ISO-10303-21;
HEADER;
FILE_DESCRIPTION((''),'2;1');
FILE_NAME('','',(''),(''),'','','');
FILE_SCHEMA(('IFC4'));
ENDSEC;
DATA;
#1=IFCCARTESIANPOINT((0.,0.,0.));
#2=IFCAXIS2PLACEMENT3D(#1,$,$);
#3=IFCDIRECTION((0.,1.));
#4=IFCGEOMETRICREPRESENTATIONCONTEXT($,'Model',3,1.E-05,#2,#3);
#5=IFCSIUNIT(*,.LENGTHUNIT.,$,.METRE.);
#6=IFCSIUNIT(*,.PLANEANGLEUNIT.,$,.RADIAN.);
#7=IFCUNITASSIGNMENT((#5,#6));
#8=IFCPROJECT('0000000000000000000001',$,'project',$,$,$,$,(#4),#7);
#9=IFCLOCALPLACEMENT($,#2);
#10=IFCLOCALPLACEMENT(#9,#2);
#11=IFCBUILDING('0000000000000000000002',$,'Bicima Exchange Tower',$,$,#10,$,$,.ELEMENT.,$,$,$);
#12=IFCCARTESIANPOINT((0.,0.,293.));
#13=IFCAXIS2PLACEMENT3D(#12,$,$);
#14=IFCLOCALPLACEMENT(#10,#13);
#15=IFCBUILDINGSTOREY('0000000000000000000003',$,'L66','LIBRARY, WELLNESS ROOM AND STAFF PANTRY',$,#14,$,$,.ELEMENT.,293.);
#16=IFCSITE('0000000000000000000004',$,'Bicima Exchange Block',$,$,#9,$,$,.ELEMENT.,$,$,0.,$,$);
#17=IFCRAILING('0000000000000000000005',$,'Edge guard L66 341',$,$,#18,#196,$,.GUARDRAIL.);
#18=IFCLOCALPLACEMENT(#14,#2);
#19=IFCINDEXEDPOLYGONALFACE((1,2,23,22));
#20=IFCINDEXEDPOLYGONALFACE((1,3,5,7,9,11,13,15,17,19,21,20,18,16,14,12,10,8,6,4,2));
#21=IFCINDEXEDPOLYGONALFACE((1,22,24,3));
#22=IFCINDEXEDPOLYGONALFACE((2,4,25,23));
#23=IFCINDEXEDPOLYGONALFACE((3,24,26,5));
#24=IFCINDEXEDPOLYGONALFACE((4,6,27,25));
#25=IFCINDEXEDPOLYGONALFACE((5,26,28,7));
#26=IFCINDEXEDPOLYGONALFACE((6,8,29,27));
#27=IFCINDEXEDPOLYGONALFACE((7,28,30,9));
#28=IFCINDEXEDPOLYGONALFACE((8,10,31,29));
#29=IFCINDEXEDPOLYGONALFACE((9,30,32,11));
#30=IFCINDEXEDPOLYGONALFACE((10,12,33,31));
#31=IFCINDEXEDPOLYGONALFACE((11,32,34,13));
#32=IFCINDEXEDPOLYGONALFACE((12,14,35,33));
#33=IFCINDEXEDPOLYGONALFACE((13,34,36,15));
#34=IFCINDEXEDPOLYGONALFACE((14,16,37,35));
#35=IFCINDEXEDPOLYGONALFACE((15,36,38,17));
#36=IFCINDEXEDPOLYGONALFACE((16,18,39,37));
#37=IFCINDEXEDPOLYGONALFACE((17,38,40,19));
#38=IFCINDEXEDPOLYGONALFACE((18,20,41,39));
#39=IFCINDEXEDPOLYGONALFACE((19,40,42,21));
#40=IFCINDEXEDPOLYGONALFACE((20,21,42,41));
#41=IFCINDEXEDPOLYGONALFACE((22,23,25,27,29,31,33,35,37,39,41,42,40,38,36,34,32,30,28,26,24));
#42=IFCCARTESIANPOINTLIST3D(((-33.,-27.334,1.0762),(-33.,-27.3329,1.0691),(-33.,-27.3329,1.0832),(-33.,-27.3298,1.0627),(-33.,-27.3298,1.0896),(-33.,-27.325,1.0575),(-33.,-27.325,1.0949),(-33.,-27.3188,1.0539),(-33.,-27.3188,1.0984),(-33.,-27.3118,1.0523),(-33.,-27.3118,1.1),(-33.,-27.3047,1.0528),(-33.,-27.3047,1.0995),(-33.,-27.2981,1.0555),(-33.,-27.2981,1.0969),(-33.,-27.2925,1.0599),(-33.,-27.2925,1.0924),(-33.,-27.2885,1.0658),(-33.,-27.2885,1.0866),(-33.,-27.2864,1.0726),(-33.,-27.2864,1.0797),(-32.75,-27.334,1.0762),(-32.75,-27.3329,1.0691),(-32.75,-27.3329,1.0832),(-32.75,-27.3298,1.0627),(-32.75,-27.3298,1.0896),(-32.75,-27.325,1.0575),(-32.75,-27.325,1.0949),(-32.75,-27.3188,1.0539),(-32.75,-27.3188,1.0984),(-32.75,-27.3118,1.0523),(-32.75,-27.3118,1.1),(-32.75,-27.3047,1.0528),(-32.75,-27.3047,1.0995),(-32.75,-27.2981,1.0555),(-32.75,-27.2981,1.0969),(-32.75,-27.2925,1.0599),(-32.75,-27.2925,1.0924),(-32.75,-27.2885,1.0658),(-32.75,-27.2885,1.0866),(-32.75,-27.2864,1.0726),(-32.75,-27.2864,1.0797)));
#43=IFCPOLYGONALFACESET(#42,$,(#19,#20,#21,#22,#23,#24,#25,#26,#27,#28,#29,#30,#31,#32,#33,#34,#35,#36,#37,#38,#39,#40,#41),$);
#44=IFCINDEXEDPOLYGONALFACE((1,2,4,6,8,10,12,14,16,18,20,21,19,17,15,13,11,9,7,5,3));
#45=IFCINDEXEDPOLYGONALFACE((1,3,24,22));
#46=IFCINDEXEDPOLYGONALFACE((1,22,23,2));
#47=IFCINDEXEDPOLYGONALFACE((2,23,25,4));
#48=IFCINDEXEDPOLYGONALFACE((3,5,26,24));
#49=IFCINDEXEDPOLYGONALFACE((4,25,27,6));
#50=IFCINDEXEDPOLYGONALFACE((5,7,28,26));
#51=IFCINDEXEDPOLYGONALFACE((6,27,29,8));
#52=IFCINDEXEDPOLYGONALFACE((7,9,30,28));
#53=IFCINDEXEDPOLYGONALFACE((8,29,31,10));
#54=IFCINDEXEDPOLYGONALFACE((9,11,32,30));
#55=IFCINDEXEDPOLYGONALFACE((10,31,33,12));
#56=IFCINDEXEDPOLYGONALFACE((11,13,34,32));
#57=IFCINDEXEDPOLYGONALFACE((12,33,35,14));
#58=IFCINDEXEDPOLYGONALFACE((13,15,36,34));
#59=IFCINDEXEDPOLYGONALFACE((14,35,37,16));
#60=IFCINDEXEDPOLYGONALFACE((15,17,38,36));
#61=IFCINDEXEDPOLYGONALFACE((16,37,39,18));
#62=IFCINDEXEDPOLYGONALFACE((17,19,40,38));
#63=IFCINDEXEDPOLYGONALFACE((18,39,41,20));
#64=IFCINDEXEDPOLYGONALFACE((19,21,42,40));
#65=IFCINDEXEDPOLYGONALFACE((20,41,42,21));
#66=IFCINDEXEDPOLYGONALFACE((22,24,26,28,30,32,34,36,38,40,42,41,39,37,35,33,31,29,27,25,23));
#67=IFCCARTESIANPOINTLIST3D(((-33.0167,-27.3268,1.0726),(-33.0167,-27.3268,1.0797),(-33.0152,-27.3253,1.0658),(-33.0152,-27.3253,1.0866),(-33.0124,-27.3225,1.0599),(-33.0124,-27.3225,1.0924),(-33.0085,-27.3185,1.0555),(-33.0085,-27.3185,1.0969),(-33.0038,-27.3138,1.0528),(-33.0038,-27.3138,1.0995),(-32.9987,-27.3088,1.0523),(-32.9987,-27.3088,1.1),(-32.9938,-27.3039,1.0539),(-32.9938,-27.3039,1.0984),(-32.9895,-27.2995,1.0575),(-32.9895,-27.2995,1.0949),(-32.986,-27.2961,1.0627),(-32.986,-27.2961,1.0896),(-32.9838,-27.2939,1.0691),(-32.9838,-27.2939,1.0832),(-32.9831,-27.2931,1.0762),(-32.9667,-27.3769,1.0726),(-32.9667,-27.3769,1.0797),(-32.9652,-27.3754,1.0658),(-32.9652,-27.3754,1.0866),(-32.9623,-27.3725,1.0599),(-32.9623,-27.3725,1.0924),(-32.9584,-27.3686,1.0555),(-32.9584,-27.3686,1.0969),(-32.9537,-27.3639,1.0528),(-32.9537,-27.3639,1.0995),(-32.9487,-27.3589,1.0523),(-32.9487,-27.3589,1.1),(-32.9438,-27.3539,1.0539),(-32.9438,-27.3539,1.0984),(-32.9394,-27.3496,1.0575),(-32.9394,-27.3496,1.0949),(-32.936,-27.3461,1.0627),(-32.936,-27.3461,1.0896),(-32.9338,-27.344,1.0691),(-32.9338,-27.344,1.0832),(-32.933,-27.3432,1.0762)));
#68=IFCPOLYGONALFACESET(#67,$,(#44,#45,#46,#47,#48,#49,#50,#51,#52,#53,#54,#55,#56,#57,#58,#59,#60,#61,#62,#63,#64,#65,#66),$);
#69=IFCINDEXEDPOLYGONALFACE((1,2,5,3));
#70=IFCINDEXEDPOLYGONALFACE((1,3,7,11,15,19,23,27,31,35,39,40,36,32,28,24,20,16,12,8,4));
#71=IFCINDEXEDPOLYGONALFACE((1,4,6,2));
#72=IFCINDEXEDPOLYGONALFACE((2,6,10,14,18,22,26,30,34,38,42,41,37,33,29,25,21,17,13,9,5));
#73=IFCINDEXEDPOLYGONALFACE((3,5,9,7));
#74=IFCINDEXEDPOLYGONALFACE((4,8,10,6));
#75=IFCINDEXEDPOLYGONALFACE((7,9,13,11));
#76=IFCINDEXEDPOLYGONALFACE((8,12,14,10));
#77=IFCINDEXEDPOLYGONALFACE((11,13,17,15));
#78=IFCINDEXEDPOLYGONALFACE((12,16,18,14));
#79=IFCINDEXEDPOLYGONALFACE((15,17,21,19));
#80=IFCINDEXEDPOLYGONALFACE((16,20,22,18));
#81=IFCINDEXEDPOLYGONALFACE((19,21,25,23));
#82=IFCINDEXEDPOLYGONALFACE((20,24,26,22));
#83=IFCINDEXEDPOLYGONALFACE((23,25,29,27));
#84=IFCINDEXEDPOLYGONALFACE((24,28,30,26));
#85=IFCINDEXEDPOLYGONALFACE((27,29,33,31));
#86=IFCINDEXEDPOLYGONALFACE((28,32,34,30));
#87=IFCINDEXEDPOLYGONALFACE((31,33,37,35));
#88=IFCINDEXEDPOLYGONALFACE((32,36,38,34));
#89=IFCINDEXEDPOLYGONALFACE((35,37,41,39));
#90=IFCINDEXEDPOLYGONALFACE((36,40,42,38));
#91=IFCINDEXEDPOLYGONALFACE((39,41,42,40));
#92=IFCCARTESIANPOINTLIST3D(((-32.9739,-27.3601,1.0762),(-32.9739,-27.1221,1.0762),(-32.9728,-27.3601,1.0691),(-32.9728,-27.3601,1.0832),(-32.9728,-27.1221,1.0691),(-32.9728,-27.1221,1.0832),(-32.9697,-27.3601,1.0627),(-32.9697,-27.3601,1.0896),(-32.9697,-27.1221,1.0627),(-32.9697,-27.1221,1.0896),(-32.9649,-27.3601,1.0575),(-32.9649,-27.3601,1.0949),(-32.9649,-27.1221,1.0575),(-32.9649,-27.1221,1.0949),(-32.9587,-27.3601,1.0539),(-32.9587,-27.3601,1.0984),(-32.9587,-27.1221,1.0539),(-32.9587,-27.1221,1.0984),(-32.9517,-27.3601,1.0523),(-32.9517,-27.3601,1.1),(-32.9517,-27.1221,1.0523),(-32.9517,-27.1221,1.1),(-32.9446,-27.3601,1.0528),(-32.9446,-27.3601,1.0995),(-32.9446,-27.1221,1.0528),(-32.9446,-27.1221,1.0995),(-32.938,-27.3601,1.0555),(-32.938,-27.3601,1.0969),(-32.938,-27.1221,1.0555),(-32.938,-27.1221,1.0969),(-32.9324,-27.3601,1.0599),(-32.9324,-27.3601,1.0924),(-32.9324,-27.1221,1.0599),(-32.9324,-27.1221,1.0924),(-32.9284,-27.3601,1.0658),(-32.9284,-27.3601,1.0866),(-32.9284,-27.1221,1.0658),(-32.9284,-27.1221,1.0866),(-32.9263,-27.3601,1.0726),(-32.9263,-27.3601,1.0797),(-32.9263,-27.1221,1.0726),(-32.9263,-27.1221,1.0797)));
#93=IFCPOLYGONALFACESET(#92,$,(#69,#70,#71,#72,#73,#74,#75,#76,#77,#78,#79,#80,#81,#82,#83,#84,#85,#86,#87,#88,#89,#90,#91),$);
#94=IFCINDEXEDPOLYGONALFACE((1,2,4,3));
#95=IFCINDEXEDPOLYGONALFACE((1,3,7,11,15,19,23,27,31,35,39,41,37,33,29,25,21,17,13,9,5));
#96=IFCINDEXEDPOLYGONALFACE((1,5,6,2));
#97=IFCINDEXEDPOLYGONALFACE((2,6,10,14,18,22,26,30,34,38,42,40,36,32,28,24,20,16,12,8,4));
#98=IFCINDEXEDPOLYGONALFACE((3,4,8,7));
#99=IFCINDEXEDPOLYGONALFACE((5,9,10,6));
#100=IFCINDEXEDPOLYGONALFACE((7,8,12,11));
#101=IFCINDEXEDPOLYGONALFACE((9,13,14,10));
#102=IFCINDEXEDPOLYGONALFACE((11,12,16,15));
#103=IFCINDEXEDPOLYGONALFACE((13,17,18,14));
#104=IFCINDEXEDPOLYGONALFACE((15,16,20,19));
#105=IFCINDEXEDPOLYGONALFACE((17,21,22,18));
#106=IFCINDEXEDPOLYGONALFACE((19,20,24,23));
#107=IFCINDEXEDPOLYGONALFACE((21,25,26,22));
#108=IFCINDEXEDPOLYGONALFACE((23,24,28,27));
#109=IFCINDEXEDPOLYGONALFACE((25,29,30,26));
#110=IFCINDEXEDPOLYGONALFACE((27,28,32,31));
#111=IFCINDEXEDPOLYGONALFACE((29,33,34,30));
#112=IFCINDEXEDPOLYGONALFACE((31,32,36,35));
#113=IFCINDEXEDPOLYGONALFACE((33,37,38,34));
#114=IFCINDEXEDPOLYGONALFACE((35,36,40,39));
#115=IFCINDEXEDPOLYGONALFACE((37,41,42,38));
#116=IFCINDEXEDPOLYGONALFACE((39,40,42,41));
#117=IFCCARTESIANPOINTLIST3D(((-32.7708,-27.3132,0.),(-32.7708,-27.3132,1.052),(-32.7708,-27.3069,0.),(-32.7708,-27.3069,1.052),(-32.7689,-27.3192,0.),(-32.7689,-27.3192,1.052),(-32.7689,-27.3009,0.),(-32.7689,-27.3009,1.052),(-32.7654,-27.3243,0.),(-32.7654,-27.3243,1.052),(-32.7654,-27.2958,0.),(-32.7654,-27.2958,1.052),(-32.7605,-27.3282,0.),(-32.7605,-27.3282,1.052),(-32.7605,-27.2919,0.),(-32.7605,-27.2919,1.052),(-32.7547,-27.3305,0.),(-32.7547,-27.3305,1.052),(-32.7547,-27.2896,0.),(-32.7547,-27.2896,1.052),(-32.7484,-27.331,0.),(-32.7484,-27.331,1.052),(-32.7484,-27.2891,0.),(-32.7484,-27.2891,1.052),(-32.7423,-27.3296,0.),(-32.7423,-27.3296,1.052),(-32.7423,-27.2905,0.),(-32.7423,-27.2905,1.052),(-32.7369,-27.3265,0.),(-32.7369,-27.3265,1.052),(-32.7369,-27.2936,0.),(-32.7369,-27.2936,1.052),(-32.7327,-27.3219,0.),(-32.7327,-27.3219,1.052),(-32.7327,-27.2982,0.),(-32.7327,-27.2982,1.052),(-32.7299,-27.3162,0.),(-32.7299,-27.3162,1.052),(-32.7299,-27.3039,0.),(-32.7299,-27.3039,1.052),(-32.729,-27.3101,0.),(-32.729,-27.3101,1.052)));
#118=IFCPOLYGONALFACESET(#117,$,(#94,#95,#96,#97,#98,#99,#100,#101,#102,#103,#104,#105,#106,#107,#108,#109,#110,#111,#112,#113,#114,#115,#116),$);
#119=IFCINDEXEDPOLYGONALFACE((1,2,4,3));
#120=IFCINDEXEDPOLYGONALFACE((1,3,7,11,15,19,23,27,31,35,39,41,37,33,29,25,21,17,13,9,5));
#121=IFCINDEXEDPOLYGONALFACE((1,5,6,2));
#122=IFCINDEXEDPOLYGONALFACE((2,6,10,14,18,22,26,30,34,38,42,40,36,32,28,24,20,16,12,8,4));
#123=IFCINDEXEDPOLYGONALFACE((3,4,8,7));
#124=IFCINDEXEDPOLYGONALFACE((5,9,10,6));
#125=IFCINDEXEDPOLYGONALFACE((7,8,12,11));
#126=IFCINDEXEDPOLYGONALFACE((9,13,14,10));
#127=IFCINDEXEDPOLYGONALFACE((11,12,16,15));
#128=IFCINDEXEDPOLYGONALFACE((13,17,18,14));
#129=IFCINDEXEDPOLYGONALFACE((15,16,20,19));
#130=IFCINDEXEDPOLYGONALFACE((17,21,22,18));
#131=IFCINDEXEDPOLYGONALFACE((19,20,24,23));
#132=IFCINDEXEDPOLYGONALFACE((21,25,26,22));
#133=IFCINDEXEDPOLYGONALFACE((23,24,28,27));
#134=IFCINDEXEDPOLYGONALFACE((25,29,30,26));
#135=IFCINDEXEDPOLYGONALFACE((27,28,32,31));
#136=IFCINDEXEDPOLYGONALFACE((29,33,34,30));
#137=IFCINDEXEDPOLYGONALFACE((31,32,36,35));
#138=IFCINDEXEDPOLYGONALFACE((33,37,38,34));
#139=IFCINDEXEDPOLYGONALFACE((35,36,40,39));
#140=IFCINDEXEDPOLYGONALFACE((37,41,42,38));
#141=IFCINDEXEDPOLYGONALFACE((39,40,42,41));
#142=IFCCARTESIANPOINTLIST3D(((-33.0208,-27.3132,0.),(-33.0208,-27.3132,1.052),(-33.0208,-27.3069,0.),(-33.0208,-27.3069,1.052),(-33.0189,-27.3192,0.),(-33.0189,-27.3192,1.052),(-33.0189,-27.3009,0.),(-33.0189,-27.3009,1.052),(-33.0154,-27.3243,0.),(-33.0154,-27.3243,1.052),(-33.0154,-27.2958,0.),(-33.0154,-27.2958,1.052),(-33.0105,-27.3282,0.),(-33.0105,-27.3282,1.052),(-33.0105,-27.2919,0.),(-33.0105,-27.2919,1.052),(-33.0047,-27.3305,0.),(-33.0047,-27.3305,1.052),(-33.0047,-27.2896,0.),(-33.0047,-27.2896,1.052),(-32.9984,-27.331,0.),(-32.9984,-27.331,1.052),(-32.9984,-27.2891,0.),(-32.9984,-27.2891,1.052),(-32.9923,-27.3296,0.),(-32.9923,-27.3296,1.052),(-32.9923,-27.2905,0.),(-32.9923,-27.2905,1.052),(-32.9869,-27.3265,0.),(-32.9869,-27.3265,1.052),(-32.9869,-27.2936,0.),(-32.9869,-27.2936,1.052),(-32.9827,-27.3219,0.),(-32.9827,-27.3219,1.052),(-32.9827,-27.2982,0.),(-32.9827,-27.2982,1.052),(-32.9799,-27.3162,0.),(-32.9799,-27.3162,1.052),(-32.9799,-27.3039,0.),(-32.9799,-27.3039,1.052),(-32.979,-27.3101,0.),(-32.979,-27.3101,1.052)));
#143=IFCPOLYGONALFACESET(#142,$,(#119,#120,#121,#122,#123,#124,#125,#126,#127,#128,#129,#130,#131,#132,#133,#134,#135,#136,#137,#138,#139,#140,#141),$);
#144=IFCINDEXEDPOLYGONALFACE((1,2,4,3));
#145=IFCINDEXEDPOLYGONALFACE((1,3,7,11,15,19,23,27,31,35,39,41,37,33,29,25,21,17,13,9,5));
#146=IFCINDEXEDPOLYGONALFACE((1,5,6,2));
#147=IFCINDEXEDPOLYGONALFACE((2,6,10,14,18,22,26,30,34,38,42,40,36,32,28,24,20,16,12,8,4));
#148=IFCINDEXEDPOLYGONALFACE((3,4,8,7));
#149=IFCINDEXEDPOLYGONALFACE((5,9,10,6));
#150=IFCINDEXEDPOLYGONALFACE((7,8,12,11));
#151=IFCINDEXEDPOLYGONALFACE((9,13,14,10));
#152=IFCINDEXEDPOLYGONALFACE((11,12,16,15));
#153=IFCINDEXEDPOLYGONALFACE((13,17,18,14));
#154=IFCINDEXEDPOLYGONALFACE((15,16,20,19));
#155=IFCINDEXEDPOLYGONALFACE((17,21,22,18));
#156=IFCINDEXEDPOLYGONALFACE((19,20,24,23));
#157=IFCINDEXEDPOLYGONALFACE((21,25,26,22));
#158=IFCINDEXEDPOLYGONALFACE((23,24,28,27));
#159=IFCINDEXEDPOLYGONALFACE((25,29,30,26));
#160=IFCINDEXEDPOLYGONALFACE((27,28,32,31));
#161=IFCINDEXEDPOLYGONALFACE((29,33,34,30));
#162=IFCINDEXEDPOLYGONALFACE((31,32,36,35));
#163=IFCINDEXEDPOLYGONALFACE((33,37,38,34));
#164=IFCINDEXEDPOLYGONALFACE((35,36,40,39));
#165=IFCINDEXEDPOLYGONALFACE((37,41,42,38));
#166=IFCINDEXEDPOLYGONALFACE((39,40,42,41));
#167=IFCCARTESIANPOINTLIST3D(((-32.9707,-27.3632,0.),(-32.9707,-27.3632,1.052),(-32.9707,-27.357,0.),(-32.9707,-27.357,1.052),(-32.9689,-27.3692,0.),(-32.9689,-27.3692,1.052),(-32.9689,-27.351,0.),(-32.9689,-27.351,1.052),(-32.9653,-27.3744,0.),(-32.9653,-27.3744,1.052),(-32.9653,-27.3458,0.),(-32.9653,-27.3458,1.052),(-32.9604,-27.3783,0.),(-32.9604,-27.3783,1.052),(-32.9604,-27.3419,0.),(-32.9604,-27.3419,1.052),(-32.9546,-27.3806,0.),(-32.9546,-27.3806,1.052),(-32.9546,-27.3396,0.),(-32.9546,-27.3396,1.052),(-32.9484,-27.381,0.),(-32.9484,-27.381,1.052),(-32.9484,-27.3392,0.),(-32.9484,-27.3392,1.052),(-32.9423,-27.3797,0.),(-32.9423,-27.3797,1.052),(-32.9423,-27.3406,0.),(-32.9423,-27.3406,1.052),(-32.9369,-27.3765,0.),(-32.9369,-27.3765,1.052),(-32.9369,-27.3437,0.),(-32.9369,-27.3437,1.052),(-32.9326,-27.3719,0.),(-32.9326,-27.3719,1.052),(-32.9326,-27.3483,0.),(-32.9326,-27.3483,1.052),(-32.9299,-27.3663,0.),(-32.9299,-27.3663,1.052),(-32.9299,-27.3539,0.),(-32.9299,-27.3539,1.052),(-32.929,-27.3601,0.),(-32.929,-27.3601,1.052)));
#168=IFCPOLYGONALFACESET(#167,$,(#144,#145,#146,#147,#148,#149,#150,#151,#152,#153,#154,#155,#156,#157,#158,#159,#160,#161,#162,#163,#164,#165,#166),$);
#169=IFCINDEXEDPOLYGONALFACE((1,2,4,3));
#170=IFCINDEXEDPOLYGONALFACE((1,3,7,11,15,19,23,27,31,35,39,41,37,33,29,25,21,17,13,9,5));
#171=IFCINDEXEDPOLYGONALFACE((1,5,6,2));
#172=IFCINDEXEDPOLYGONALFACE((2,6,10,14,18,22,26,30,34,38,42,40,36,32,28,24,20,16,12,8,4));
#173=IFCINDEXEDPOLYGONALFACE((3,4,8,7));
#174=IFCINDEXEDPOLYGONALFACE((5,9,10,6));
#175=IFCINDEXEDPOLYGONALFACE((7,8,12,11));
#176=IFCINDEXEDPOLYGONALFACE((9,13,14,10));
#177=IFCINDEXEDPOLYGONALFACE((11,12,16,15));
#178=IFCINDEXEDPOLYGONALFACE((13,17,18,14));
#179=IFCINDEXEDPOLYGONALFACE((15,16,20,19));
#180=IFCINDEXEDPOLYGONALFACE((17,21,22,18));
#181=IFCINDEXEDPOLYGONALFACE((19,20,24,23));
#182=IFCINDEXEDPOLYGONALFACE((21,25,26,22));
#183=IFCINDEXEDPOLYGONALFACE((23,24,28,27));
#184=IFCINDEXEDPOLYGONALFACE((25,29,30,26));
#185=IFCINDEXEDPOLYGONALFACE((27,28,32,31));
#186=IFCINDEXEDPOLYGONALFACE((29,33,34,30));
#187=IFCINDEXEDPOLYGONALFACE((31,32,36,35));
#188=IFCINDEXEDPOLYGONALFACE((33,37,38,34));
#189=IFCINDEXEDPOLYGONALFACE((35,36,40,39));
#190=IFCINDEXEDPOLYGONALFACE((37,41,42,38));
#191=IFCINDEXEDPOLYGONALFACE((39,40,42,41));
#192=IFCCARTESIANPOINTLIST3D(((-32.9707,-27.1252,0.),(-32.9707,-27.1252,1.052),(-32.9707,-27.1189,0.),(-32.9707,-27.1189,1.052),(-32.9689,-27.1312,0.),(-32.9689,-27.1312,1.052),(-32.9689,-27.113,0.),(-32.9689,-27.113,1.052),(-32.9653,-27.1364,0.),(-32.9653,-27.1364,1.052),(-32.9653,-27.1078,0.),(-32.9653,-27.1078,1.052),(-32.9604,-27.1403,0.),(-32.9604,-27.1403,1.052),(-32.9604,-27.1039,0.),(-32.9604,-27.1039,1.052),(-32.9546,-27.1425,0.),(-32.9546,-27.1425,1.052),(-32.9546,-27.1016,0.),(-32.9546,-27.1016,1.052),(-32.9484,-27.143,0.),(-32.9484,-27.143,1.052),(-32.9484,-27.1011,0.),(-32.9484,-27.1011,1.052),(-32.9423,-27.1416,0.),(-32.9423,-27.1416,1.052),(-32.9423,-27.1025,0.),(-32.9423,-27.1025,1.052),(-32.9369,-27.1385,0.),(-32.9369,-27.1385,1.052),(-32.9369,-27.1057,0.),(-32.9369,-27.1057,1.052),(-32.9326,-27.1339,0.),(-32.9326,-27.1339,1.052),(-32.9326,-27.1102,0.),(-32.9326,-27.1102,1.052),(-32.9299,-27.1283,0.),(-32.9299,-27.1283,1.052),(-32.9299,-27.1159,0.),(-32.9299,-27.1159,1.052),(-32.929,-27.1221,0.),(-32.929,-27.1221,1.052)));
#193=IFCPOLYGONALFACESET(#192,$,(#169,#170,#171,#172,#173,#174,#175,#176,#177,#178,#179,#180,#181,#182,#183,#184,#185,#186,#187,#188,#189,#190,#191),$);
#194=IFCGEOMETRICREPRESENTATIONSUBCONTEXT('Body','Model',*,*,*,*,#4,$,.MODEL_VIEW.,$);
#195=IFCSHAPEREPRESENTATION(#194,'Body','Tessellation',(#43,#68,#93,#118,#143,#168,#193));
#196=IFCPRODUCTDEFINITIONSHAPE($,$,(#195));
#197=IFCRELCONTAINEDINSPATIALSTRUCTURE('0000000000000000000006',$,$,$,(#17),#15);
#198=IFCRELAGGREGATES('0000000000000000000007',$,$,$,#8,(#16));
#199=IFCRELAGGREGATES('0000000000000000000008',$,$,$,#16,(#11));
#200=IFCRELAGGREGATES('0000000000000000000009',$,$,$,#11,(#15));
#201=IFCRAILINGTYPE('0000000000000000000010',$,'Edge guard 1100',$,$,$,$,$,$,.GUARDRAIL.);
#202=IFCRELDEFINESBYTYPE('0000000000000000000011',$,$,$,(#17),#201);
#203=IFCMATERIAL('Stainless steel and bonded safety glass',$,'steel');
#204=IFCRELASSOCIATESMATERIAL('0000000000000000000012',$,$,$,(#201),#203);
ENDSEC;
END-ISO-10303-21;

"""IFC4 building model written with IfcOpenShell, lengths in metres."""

from ifc_helpers import new_model, si_unit, direction, frame, origin, origin_2d, place, context, subcontext, project, spatial, circle, extrude, material, type_object, element, save


model = new_model("IFC4")

# Units and contexts
model_context = context("Model", 3, precision=1e-05, world=origin(), true_north=direction((0.0, 1.0)))
body_context = subcontext(model_context, "Body", "Model", "MODEL_VIEW")
ifc_project = project(units=[si_unit("LENGTHUNIT", "METRE"), si_unit("PLANEANGLEUNIT", "RADIAN")], contexts=[model_context])

# Site, building, storey
site_placement = place(None, origin())
site = spatial("IfcSite", under=ifc_project, at=site_placement, Name="Bicima Exchange Block", CompositionType="ELEMENT", RefElevation=0.0)
building_placement = place(site_placement, origin())
building = spatial("IfcBuilding", under=site, at=building_placement, Name="Bicima Exchange Tower", CompositionType="ELEMENT")
storey_placement = place(building_placement, frame((0.0, 0.0, 293.0)))
storey = spatial("IfcBuildingStorey", under=building, at=storey_placement, Name="L66", Description="LIBRARY, WELLNESS ROOM AND STAFF PANTRY", CompositionType="ELEMENT", Elevation=293.0)

# Railing
ifc_material_1 = material(Name="Stainless steel and bonded safety glass", Category="steel")
railing_type = type_object("IfcRailingType", Name="Edge guard 1100", PredefinedType="GUARDRAIL", material=ifc_material_1)
railing_1_placement = place(storey_placement, frame((-32.75, -27.3101, 0.0)))
element("IfcRailing", 1, at=railing_1_placement, inside=storey, type_object=railing_type, Name="Edge guard L66 341", PredefinedType="GUARDRAIL", context=body_context, shape_type="SweptSolid", body=[
    extrude(circle(Radius=0.0239, at=origin_2d()), frame((0.0, 0.0, 1.0762), z_axis=(-1.0, 0.0, 0.0), x_axis=(0.0, -1.0, 0.0)), (0.0, 0.0, 1.0), 0.25),
    extrude(circle(Radius=0.0239, at=origin_2d()), frame((-0.25, 0.0, 1.0762), z_axis=(0.707107, -0.707107, 0.0), x_axis=(0.707107, 0.707107, 0.0)), (0.0, 0.0, 1.0), 0.0708),
    extrude(circle(Radius=0.0239, at=origin_2d()), frame((-0.2, -0.05, 1.0762), z_axis=(0.0, 1.0, 0.0), x_axis=(-1.0, 0.0, 0.0)), (0.0, 0.0, 1.0), 0.238),
    extrude(circle(Radius=0.021, at=origin_2d()), origin(), (0.0, 0.0, 1.0), 1.052),
    extrude(circle(Radius=0.021, at=origin_2d()), frame((-0.25, 0.0, 0.0)), (0.0, 0.0, 1.0), 1.052),
    extrude(circle(Radius=0.021, at=origin_2d()), frame((-0.2, -0.05, 0.0)), (0.0, 0.0, 1.0), 1.052),
    extrude(circle(Radius=0.021, at=origin_2d()), frame((-0.2, 0.188, 0.0)), (0.0, 0.0, 1.0), 1.052),
])

save(model, "model.ifc")
